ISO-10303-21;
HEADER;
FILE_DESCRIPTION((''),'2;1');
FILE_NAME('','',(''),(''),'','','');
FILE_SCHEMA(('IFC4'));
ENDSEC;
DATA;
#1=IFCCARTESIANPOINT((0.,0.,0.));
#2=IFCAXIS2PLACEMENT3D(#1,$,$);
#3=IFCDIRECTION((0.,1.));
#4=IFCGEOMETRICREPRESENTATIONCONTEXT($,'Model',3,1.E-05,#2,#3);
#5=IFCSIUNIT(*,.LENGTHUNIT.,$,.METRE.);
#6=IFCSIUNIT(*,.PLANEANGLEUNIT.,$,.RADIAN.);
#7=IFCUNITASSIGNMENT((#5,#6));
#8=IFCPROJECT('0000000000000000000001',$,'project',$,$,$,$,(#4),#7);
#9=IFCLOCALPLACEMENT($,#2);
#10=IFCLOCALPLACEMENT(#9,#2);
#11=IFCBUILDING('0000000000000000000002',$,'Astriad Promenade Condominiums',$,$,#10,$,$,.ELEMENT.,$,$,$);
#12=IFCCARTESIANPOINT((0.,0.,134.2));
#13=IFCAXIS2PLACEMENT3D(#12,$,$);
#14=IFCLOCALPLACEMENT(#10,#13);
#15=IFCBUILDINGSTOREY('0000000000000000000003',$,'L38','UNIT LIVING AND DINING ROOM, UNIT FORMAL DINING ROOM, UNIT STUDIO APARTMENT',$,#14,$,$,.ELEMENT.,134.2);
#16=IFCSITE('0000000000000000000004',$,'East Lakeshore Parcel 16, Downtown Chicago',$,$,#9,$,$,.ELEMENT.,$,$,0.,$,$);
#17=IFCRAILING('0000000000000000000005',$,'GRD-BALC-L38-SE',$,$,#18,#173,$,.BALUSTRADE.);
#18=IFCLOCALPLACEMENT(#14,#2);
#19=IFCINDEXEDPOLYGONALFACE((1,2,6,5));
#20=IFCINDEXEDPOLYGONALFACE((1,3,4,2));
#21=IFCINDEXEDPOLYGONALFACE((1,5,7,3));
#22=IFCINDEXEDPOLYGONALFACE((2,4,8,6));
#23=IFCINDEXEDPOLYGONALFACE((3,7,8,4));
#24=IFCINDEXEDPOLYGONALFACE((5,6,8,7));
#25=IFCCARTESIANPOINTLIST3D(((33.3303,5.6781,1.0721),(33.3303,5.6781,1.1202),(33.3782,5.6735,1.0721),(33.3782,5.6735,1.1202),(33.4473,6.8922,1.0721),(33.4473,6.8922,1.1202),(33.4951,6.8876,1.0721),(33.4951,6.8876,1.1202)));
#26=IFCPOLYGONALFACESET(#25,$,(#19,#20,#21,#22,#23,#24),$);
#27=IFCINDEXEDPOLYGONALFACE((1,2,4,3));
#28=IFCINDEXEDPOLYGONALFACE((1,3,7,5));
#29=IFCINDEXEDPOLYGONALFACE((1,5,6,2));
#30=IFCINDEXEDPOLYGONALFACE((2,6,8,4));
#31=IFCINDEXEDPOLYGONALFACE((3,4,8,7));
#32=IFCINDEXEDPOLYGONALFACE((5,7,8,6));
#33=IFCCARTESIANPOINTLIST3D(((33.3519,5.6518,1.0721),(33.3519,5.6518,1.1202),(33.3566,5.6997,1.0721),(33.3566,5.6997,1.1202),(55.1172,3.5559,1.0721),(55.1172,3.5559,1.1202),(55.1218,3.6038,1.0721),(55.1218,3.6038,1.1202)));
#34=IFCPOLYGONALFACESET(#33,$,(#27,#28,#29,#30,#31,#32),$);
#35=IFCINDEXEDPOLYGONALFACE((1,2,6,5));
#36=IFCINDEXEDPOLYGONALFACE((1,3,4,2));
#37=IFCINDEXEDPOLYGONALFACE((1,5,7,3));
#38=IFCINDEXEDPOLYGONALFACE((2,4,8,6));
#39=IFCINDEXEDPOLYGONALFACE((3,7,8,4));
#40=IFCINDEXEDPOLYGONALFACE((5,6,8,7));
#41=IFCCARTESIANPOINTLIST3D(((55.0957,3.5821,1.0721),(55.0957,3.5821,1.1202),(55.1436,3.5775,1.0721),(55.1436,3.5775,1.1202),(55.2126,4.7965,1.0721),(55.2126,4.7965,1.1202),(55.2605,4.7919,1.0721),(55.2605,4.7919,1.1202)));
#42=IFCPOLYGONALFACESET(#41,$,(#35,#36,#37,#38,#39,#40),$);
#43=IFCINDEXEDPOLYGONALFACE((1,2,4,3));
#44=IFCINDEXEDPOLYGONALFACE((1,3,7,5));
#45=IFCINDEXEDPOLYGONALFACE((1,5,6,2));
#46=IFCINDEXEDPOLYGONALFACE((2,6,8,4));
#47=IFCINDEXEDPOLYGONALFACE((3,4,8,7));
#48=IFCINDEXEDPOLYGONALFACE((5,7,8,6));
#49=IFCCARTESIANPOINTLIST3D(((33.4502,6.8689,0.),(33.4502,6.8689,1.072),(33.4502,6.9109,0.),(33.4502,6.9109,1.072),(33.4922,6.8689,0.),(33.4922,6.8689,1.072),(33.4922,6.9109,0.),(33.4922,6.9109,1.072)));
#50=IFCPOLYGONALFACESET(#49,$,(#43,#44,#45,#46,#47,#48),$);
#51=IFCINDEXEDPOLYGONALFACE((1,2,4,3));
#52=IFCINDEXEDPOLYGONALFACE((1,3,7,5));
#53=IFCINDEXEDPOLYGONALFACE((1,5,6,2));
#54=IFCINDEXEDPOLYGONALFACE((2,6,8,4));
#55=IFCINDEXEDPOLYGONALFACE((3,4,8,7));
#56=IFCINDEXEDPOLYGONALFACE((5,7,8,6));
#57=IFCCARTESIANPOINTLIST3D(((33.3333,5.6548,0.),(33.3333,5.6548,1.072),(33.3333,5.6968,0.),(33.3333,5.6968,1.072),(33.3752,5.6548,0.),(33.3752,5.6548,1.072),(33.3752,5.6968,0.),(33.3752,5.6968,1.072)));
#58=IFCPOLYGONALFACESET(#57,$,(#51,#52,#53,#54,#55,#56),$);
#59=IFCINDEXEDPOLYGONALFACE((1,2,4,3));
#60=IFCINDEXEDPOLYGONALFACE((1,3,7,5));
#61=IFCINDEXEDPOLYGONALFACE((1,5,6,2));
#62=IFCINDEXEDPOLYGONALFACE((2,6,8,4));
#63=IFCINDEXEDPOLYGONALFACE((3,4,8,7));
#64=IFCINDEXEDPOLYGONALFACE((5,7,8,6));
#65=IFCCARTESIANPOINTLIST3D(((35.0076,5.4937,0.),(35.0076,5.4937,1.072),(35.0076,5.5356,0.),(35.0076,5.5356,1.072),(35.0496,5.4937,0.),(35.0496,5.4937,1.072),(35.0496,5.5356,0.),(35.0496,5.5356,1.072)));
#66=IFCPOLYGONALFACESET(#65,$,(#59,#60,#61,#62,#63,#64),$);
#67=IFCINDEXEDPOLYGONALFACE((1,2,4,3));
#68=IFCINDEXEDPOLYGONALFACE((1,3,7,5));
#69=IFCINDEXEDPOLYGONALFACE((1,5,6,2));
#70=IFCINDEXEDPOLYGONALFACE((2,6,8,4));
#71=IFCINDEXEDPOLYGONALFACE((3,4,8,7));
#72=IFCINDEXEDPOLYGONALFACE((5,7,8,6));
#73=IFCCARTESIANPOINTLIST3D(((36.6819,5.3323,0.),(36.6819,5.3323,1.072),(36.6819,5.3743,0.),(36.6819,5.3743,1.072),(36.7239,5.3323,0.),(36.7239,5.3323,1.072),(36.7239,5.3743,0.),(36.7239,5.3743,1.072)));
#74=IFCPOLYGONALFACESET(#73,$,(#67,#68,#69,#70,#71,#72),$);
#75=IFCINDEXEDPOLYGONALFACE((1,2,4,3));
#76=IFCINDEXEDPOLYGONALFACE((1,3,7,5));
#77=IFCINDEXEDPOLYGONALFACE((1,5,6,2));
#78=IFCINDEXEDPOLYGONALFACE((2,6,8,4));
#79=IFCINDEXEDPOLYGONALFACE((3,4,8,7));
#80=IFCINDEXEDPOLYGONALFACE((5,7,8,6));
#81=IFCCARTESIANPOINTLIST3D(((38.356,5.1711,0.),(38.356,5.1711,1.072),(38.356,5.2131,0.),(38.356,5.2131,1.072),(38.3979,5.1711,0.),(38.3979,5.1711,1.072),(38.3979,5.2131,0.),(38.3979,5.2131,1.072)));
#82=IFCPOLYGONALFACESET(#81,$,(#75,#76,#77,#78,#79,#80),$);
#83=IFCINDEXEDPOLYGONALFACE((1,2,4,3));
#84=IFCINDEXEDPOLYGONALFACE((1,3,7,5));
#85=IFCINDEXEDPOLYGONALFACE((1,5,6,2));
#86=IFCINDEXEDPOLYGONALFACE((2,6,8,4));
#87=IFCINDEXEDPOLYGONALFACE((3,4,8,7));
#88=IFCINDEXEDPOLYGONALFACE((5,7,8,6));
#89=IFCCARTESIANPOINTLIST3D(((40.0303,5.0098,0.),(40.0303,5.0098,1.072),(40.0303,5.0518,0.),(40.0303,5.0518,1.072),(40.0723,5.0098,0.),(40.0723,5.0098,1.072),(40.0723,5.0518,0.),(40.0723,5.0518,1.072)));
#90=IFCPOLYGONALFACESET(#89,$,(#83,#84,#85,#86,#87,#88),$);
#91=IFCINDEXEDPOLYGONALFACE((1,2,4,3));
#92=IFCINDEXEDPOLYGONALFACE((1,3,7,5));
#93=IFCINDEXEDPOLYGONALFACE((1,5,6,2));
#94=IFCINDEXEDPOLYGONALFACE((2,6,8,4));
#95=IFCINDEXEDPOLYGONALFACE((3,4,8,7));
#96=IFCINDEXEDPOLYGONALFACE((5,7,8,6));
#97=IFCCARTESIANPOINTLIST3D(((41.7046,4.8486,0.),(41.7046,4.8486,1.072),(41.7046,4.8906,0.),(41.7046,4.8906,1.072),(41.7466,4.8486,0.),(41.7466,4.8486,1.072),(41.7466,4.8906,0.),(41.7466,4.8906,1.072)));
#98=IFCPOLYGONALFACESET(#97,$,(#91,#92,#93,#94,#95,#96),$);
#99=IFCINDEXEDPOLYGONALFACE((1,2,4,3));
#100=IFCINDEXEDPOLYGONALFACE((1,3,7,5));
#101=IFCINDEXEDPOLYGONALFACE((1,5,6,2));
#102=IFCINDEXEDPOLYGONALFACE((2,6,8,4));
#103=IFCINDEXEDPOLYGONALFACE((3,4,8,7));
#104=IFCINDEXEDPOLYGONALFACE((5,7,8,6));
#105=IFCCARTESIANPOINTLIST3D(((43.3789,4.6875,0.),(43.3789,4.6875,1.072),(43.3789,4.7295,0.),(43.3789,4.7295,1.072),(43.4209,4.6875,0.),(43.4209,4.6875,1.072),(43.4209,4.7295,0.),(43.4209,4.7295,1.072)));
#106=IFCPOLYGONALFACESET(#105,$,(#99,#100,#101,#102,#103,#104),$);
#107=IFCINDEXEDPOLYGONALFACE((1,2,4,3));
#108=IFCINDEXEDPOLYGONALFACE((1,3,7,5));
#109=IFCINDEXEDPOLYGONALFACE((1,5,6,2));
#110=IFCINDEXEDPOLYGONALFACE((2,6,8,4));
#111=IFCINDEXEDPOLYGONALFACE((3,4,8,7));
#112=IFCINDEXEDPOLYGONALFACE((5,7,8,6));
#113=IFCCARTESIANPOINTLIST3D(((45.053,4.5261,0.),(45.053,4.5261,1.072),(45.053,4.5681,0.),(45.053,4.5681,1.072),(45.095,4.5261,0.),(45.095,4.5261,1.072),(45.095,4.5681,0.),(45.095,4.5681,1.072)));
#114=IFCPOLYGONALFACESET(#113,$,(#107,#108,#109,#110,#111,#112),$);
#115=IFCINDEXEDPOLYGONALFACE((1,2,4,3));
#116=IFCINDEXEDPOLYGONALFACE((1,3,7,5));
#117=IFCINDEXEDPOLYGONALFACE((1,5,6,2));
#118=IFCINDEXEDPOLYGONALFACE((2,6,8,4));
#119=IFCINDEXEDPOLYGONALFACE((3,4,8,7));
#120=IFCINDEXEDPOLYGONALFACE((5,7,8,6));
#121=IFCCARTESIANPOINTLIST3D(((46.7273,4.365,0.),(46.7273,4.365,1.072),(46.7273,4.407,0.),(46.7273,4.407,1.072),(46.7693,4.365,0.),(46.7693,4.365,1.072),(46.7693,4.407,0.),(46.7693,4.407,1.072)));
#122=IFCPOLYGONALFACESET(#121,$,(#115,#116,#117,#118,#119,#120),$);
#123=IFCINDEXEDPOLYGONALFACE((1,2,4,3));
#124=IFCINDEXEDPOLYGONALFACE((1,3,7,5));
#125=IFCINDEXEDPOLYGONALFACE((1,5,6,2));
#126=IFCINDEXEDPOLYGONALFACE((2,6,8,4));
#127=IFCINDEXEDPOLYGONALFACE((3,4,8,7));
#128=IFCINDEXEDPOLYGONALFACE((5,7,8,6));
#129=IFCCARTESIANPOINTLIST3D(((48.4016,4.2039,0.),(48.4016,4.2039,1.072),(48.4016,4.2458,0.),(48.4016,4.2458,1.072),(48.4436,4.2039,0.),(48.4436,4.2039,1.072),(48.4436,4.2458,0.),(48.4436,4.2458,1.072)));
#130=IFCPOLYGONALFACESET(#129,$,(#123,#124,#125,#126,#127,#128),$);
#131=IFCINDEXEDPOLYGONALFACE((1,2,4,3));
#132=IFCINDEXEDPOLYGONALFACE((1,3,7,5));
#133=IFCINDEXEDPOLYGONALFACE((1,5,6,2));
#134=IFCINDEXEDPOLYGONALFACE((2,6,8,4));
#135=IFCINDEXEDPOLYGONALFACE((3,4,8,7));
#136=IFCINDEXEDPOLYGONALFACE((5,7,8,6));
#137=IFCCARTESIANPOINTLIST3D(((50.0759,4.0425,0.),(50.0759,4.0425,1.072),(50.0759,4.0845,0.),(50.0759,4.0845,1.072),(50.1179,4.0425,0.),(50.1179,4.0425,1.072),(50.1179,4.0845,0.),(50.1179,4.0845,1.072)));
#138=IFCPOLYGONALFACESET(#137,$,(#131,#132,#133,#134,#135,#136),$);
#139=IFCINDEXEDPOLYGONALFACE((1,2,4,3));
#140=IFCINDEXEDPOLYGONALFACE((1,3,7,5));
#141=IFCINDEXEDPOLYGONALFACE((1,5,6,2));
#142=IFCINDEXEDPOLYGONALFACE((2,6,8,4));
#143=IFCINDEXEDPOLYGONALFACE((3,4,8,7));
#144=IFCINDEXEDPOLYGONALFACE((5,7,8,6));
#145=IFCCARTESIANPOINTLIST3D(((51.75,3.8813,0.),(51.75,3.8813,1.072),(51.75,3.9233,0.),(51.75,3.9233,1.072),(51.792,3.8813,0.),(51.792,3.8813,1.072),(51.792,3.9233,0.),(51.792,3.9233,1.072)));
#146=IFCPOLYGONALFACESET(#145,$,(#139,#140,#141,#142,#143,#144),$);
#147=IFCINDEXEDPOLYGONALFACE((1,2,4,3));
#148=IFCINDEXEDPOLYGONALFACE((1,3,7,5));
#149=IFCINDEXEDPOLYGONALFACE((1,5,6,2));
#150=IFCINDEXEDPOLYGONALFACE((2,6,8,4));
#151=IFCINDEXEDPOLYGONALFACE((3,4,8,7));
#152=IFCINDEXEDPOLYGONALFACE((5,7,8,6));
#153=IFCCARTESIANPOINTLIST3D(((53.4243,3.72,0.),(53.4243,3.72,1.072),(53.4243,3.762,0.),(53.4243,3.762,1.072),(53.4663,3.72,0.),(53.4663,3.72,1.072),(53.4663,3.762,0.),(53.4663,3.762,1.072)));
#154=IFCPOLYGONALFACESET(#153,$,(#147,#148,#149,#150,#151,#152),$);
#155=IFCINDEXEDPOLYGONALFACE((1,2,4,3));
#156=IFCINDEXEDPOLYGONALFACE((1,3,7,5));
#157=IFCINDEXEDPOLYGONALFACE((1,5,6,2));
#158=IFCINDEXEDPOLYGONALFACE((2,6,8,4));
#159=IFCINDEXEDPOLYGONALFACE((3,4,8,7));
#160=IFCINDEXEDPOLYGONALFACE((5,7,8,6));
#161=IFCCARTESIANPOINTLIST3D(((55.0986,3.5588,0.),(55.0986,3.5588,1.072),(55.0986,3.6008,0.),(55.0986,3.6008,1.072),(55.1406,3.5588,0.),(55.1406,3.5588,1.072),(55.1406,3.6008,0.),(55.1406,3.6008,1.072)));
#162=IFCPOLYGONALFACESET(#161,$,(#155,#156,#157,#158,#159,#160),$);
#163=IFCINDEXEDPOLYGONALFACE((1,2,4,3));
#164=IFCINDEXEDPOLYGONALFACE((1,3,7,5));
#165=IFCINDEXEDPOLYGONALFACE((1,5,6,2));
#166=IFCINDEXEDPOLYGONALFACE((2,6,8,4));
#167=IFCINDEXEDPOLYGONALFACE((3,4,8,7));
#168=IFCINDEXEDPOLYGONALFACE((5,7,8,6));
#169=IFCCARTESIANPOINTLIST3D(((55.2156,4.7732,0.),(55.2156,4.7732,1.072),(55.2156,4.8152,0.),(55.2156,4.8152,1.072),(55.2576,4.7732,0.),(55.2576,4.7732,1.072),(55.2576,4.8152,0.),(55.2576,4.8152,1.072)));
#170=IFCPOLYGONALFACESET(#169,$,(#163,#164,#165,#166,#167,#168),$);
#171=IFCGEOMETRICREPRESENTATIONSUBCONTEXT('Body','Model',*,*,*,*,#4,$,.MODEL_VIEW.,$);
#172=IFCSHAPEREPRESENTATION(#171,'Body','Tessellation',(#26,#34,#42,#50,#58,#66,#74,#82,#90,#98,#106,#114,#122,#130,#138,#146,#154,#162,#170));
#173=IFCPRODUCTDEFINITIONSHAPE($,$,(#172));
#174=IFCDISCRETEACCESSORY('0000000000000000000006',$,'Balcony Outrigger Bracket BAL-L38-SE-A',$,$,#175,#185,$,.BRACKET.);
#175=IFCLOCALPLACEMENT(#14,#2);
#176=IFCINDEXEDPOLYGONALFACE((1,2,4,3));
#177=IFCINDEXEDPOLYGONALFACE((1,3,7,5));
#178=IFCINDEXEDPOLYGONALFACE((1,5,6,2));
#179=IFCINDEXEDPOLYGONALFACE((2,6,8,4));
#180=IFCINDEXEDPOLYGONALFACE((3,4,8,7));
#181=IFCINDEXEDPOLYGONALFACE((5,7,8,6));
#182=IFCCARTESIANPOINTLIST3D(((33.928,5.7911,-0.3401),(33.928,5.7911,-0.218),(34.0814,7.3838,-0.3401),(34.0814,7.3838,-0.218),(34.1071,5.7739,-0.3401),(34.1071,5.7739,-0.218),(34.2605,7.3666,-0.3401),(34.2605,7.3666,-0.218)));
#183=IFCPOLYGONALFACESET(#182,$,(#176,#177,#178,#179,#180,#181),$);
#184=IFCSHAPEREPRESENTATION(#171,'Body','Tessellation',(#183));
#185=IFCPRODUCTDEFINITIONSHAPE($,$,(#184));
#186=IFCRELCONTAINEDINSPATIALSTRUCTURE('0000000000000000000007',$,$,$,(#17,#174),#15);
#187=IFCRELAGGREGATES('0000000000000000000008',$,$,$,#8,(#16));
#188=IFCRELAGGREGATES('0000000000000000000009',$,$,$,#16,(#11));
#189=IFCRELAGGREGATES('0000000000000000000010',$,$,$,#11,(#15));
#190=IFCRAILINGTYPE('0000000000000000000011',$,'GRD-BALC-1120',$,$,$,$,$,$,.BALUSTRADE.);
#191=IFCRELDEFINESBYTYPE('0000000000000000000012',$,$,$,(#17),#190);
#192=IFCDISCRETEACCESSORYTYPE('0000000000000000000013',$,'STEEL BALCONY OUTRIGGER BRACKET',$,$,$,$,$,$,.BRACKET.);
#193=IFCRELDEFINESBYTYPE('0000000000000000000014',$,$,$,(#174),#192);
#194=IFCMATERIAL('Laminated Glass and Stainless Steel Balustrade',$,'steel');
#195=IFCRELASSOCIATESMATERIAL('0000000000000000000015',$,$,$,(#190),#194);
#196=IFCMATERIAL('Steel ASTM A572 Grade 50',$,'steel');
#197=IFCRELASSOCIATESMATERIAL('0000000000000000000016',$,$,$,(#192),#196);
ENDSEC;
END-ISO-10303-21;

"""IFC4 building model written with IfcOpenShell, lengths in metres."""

from ifc_helpers import new_model, si_unit, direction, frame, origin, origin_2d, place, context, subcontext, project, spatial, rectangle, extrude, source, transform, mapped, material, type_object, type_shapes, element, save


model = new_model("IFC4")

# Units and contexts
model_context = context("Model", 3, precision=1e-05, world=origin(), true_north=direction((0.0, 1.0)))
body_context = subcontext(model_context, "Body", "Model", "MODEL_VIEW")
ifc_project = project(units=[si_unit("LENGTHUNIT", "METRE"), si_unit("PLANEANGLEUNIT", "RADIAN")], contexts=[model_context])

# Site, building, storey
site_placement = place(None, origin())
site = spatial("IfcSite", under=ifc_project, at=site_placement, Name="East Lakeshore Parcel 16, Downtown Chicago", CompositionType="ELEMENT", RefElevation=0.0)
building_placement = place(site_placement, origin())
building = spatial("IfcBuilding", under=site, at=building_placement, Name="Astriad Promenade Condominiums", CompositionType="ELEMENT")
storey_placement = place(building_placement, frame((0.0, 0.0, 134.2)))
storey = spatial("IfcBuildingStorey", under=building, at=storey_placement, Name="L38", Description="UNIT LIVING AND DINING ROOM, UNIT FORMAL DINING ROOM, UNIT STUDIO APARTMENT", CompositionType="ELEMENT", Elevation=134.2)

# Railing
ifc_material_1 = material(Name="Laminated Glass and Stainless Steel Balustrade", Category="steel")
railing_type = type_object("IfcRailingType", Name="GRD-BALC-1120", PredefinedType="BALUSTRADE", material=ifc_material_1)
shared_shape_1 = source(origin(), body_context, "Body", "SweptSolid", [
    extrude(rectangle(XDim=0.0481, YDim=0.0481, at=origin_2d()), frame((0.0, 0.0, 1.0962), z_axis=(-0.095876, -0.995393, 0.0), x_axis=(0.995393, -0.095876, 0.0)), (0.0, 0.0, 1.0), 1.2197),
    extrude(rectangle(XDim=0.0481, YDim=0.0481, at=origin_2d()), frame((-0.1169, -1.2141, 1.0962), z_axis=(0.995395, -0.095854, 0.0), x_axis=(0.095854, 0.995395, 0.0)), (0.0, 0.0, 1.0), 21.866),
    extrude(rectangle(XDim=0.0481, YDim=0.0481, at=origin_2d()), frame((21.6484, -3.3101, 1.0962), z_axis=(0.095857, 0.995395, 0.0), x_axis=(-0.995395, 0.095857, 0.0)), (0.0, 0.0, 1.0), 1.22),
    extrude(rectangle(XDim=0.042, YDim=0.042, at=origin_2d()), origin(), (0.0, 0.0, 1.0), 1.072),
    extrude(rectangle(XDim=0.042, YDim=0.042, at=origin_2d()), frame((-0.1169, -1.2141, 0.0)), (0.0, 0.0, 1.0), 1.072),
    extrude(rectangle(XDim=0.042, YDim=0.042, at=origin_2d()), frame((1.5574, -1.3752, 0.0)), (0.0, 0.0, 1.0), 1.072),
    extrude(rectangle(XDim=0.042, YDim=0.042, at=origin_2d()), frame((3.2317, -1.5366, 0.0)), (0.0, 0.0, 1.0), 1.072),
    extrude(rectangle(XDim=0.042, YDim=0.042, at=origin_2d()), frame((4.9058, -1.6978, 0.0)), (0.0, 0.0, 1.0), 1.072),
    extrude(rectangle(XDim=0.042, YDim=0.042, at=origin_2d()), frame((6.5801, -1.8591, 0.0)), (0.0, 0.0, 1.0), 1.072),
    extrude(rectangle(XDim=0.042, YDim=0.042, at=origin_2d()), frame((8.2544, -2.0203, 0.0)), (0.0, 0.0, 1.0), 1.072),
    extrude(rectangle(XDim=0.042, YDim=0.042, at=origin_2d()), frame((9.9287, -2.1814, 0.0)), (0.0, 0.0, 1.0), 1.072),
    extrude(rectangle(XDim=0.042, YDim=0.042, at=origin_2d()), frame((11.6028, -2.3428, 0.0)), (0.0, 0.0, 1.0), 1.072),
    extrude(rectangle(XDim=0.042, YDim=0.042, at=origin_2d()), frame((13.2771, -2.5039, 0.0)), (0.0, 0.0, 1.0), 1.072),
    extrude(rectangle(XDim=0.042, YDim=0.042, at=origin_2d()), frame((14.9514, -2.665, 0.0)), (0.0, 0.0, 1.0), 1.072),
    extrude(rectangle(XDim=0.042, YDim=0.042, at=origin_2d()), frame((16.6257, -2.8264, 0.0)), (0.0, 0.0, 1.0), 1.072),
    extrude(rectangle(XDim=0.042, YDim=0.042, at=origin_2d()), frame((18.2998, -2.9875, 0.0)), (0.0, 0.0, 1.0), 1.072),
    extrude(rectangle(XDim=0.042, YDim=0.042, at=origin_2d()), frame((19.9741, -3.1489, 0.0)), (0.0, 0.0, 1.0), 1.072),
    extrude(rectangle(XDim=0.042, YDim=0.042, at=origin_2d()), frame((21.6484, -3.3101, 0.0)), (0.0, 0.0, 1.0), 1.072),
    extrude(rectangle(XDim=0.042, YDim=0.042, at=origin_2d()), frame((21.7654, -2.0957, 0.0)), (0.0, 0.0, 1.0), 1.072),
])
type_shapes(railing_type, [shared_shape_1])
railing_placement = place(storey_placement, frame((33.4712, 6.8899, 0.0)))
element("IfcRailing", 1, at=railing_placement, inside=storey, type_object=railing_type, Name="GRD-BALC-L38-SE", PredefinedType="BALUSTRADE", context=body_context, shape_type="MappedRepresentation", body=[
    mapped(shared_shape_1, transform((0.0, 0.0, 0.0), scale=1.0)),
])

# Discrete accessory
ifc_material_2 = material(Name="Steel ASTM A572 Grade 50", Category="steel")
discrete_accessory_type = type_object("IfcDiscreteAccessoryType", Name="STEEL BALCONY OUTRIGGER BRACKET", PredefinedType="BRACKET", material=ifc_material_2)
shared_shape_2 = source(origin(), body_context, "Body", "SweptSolid", [
    extrude(rectangle(XDim=1.6001, YDim=0.1799, at=origin_2d()), origin(), (0.0, 0.0, 1.0), 0.1221),
])
type_shapes(discrete_accessory_type, [shared_shape_2])
discrete_accessory_placement = place(storey_placement, frame((34.0942, 6.5789, -0.3401), z_axis=(0.0, 0.0, 1.0), x_axis=(-0.095846, -0.995396, 0.0)))
element("IfcDiscreteAccessory", 2, at=discrete_accessory_placement, inside=storey, type_object=discrete_accessory_type, Name="Balcony Outrigger Bracket BAL-L38-SE-A", PredefinedType="BRACKET", context=body_context, shape_type="MappedRepresentation", body=[
    mapped(shared_shape_2, transform((0.0, 0.0, 0.0), scale=1.0)),
])

save(model, "model.ifc")
